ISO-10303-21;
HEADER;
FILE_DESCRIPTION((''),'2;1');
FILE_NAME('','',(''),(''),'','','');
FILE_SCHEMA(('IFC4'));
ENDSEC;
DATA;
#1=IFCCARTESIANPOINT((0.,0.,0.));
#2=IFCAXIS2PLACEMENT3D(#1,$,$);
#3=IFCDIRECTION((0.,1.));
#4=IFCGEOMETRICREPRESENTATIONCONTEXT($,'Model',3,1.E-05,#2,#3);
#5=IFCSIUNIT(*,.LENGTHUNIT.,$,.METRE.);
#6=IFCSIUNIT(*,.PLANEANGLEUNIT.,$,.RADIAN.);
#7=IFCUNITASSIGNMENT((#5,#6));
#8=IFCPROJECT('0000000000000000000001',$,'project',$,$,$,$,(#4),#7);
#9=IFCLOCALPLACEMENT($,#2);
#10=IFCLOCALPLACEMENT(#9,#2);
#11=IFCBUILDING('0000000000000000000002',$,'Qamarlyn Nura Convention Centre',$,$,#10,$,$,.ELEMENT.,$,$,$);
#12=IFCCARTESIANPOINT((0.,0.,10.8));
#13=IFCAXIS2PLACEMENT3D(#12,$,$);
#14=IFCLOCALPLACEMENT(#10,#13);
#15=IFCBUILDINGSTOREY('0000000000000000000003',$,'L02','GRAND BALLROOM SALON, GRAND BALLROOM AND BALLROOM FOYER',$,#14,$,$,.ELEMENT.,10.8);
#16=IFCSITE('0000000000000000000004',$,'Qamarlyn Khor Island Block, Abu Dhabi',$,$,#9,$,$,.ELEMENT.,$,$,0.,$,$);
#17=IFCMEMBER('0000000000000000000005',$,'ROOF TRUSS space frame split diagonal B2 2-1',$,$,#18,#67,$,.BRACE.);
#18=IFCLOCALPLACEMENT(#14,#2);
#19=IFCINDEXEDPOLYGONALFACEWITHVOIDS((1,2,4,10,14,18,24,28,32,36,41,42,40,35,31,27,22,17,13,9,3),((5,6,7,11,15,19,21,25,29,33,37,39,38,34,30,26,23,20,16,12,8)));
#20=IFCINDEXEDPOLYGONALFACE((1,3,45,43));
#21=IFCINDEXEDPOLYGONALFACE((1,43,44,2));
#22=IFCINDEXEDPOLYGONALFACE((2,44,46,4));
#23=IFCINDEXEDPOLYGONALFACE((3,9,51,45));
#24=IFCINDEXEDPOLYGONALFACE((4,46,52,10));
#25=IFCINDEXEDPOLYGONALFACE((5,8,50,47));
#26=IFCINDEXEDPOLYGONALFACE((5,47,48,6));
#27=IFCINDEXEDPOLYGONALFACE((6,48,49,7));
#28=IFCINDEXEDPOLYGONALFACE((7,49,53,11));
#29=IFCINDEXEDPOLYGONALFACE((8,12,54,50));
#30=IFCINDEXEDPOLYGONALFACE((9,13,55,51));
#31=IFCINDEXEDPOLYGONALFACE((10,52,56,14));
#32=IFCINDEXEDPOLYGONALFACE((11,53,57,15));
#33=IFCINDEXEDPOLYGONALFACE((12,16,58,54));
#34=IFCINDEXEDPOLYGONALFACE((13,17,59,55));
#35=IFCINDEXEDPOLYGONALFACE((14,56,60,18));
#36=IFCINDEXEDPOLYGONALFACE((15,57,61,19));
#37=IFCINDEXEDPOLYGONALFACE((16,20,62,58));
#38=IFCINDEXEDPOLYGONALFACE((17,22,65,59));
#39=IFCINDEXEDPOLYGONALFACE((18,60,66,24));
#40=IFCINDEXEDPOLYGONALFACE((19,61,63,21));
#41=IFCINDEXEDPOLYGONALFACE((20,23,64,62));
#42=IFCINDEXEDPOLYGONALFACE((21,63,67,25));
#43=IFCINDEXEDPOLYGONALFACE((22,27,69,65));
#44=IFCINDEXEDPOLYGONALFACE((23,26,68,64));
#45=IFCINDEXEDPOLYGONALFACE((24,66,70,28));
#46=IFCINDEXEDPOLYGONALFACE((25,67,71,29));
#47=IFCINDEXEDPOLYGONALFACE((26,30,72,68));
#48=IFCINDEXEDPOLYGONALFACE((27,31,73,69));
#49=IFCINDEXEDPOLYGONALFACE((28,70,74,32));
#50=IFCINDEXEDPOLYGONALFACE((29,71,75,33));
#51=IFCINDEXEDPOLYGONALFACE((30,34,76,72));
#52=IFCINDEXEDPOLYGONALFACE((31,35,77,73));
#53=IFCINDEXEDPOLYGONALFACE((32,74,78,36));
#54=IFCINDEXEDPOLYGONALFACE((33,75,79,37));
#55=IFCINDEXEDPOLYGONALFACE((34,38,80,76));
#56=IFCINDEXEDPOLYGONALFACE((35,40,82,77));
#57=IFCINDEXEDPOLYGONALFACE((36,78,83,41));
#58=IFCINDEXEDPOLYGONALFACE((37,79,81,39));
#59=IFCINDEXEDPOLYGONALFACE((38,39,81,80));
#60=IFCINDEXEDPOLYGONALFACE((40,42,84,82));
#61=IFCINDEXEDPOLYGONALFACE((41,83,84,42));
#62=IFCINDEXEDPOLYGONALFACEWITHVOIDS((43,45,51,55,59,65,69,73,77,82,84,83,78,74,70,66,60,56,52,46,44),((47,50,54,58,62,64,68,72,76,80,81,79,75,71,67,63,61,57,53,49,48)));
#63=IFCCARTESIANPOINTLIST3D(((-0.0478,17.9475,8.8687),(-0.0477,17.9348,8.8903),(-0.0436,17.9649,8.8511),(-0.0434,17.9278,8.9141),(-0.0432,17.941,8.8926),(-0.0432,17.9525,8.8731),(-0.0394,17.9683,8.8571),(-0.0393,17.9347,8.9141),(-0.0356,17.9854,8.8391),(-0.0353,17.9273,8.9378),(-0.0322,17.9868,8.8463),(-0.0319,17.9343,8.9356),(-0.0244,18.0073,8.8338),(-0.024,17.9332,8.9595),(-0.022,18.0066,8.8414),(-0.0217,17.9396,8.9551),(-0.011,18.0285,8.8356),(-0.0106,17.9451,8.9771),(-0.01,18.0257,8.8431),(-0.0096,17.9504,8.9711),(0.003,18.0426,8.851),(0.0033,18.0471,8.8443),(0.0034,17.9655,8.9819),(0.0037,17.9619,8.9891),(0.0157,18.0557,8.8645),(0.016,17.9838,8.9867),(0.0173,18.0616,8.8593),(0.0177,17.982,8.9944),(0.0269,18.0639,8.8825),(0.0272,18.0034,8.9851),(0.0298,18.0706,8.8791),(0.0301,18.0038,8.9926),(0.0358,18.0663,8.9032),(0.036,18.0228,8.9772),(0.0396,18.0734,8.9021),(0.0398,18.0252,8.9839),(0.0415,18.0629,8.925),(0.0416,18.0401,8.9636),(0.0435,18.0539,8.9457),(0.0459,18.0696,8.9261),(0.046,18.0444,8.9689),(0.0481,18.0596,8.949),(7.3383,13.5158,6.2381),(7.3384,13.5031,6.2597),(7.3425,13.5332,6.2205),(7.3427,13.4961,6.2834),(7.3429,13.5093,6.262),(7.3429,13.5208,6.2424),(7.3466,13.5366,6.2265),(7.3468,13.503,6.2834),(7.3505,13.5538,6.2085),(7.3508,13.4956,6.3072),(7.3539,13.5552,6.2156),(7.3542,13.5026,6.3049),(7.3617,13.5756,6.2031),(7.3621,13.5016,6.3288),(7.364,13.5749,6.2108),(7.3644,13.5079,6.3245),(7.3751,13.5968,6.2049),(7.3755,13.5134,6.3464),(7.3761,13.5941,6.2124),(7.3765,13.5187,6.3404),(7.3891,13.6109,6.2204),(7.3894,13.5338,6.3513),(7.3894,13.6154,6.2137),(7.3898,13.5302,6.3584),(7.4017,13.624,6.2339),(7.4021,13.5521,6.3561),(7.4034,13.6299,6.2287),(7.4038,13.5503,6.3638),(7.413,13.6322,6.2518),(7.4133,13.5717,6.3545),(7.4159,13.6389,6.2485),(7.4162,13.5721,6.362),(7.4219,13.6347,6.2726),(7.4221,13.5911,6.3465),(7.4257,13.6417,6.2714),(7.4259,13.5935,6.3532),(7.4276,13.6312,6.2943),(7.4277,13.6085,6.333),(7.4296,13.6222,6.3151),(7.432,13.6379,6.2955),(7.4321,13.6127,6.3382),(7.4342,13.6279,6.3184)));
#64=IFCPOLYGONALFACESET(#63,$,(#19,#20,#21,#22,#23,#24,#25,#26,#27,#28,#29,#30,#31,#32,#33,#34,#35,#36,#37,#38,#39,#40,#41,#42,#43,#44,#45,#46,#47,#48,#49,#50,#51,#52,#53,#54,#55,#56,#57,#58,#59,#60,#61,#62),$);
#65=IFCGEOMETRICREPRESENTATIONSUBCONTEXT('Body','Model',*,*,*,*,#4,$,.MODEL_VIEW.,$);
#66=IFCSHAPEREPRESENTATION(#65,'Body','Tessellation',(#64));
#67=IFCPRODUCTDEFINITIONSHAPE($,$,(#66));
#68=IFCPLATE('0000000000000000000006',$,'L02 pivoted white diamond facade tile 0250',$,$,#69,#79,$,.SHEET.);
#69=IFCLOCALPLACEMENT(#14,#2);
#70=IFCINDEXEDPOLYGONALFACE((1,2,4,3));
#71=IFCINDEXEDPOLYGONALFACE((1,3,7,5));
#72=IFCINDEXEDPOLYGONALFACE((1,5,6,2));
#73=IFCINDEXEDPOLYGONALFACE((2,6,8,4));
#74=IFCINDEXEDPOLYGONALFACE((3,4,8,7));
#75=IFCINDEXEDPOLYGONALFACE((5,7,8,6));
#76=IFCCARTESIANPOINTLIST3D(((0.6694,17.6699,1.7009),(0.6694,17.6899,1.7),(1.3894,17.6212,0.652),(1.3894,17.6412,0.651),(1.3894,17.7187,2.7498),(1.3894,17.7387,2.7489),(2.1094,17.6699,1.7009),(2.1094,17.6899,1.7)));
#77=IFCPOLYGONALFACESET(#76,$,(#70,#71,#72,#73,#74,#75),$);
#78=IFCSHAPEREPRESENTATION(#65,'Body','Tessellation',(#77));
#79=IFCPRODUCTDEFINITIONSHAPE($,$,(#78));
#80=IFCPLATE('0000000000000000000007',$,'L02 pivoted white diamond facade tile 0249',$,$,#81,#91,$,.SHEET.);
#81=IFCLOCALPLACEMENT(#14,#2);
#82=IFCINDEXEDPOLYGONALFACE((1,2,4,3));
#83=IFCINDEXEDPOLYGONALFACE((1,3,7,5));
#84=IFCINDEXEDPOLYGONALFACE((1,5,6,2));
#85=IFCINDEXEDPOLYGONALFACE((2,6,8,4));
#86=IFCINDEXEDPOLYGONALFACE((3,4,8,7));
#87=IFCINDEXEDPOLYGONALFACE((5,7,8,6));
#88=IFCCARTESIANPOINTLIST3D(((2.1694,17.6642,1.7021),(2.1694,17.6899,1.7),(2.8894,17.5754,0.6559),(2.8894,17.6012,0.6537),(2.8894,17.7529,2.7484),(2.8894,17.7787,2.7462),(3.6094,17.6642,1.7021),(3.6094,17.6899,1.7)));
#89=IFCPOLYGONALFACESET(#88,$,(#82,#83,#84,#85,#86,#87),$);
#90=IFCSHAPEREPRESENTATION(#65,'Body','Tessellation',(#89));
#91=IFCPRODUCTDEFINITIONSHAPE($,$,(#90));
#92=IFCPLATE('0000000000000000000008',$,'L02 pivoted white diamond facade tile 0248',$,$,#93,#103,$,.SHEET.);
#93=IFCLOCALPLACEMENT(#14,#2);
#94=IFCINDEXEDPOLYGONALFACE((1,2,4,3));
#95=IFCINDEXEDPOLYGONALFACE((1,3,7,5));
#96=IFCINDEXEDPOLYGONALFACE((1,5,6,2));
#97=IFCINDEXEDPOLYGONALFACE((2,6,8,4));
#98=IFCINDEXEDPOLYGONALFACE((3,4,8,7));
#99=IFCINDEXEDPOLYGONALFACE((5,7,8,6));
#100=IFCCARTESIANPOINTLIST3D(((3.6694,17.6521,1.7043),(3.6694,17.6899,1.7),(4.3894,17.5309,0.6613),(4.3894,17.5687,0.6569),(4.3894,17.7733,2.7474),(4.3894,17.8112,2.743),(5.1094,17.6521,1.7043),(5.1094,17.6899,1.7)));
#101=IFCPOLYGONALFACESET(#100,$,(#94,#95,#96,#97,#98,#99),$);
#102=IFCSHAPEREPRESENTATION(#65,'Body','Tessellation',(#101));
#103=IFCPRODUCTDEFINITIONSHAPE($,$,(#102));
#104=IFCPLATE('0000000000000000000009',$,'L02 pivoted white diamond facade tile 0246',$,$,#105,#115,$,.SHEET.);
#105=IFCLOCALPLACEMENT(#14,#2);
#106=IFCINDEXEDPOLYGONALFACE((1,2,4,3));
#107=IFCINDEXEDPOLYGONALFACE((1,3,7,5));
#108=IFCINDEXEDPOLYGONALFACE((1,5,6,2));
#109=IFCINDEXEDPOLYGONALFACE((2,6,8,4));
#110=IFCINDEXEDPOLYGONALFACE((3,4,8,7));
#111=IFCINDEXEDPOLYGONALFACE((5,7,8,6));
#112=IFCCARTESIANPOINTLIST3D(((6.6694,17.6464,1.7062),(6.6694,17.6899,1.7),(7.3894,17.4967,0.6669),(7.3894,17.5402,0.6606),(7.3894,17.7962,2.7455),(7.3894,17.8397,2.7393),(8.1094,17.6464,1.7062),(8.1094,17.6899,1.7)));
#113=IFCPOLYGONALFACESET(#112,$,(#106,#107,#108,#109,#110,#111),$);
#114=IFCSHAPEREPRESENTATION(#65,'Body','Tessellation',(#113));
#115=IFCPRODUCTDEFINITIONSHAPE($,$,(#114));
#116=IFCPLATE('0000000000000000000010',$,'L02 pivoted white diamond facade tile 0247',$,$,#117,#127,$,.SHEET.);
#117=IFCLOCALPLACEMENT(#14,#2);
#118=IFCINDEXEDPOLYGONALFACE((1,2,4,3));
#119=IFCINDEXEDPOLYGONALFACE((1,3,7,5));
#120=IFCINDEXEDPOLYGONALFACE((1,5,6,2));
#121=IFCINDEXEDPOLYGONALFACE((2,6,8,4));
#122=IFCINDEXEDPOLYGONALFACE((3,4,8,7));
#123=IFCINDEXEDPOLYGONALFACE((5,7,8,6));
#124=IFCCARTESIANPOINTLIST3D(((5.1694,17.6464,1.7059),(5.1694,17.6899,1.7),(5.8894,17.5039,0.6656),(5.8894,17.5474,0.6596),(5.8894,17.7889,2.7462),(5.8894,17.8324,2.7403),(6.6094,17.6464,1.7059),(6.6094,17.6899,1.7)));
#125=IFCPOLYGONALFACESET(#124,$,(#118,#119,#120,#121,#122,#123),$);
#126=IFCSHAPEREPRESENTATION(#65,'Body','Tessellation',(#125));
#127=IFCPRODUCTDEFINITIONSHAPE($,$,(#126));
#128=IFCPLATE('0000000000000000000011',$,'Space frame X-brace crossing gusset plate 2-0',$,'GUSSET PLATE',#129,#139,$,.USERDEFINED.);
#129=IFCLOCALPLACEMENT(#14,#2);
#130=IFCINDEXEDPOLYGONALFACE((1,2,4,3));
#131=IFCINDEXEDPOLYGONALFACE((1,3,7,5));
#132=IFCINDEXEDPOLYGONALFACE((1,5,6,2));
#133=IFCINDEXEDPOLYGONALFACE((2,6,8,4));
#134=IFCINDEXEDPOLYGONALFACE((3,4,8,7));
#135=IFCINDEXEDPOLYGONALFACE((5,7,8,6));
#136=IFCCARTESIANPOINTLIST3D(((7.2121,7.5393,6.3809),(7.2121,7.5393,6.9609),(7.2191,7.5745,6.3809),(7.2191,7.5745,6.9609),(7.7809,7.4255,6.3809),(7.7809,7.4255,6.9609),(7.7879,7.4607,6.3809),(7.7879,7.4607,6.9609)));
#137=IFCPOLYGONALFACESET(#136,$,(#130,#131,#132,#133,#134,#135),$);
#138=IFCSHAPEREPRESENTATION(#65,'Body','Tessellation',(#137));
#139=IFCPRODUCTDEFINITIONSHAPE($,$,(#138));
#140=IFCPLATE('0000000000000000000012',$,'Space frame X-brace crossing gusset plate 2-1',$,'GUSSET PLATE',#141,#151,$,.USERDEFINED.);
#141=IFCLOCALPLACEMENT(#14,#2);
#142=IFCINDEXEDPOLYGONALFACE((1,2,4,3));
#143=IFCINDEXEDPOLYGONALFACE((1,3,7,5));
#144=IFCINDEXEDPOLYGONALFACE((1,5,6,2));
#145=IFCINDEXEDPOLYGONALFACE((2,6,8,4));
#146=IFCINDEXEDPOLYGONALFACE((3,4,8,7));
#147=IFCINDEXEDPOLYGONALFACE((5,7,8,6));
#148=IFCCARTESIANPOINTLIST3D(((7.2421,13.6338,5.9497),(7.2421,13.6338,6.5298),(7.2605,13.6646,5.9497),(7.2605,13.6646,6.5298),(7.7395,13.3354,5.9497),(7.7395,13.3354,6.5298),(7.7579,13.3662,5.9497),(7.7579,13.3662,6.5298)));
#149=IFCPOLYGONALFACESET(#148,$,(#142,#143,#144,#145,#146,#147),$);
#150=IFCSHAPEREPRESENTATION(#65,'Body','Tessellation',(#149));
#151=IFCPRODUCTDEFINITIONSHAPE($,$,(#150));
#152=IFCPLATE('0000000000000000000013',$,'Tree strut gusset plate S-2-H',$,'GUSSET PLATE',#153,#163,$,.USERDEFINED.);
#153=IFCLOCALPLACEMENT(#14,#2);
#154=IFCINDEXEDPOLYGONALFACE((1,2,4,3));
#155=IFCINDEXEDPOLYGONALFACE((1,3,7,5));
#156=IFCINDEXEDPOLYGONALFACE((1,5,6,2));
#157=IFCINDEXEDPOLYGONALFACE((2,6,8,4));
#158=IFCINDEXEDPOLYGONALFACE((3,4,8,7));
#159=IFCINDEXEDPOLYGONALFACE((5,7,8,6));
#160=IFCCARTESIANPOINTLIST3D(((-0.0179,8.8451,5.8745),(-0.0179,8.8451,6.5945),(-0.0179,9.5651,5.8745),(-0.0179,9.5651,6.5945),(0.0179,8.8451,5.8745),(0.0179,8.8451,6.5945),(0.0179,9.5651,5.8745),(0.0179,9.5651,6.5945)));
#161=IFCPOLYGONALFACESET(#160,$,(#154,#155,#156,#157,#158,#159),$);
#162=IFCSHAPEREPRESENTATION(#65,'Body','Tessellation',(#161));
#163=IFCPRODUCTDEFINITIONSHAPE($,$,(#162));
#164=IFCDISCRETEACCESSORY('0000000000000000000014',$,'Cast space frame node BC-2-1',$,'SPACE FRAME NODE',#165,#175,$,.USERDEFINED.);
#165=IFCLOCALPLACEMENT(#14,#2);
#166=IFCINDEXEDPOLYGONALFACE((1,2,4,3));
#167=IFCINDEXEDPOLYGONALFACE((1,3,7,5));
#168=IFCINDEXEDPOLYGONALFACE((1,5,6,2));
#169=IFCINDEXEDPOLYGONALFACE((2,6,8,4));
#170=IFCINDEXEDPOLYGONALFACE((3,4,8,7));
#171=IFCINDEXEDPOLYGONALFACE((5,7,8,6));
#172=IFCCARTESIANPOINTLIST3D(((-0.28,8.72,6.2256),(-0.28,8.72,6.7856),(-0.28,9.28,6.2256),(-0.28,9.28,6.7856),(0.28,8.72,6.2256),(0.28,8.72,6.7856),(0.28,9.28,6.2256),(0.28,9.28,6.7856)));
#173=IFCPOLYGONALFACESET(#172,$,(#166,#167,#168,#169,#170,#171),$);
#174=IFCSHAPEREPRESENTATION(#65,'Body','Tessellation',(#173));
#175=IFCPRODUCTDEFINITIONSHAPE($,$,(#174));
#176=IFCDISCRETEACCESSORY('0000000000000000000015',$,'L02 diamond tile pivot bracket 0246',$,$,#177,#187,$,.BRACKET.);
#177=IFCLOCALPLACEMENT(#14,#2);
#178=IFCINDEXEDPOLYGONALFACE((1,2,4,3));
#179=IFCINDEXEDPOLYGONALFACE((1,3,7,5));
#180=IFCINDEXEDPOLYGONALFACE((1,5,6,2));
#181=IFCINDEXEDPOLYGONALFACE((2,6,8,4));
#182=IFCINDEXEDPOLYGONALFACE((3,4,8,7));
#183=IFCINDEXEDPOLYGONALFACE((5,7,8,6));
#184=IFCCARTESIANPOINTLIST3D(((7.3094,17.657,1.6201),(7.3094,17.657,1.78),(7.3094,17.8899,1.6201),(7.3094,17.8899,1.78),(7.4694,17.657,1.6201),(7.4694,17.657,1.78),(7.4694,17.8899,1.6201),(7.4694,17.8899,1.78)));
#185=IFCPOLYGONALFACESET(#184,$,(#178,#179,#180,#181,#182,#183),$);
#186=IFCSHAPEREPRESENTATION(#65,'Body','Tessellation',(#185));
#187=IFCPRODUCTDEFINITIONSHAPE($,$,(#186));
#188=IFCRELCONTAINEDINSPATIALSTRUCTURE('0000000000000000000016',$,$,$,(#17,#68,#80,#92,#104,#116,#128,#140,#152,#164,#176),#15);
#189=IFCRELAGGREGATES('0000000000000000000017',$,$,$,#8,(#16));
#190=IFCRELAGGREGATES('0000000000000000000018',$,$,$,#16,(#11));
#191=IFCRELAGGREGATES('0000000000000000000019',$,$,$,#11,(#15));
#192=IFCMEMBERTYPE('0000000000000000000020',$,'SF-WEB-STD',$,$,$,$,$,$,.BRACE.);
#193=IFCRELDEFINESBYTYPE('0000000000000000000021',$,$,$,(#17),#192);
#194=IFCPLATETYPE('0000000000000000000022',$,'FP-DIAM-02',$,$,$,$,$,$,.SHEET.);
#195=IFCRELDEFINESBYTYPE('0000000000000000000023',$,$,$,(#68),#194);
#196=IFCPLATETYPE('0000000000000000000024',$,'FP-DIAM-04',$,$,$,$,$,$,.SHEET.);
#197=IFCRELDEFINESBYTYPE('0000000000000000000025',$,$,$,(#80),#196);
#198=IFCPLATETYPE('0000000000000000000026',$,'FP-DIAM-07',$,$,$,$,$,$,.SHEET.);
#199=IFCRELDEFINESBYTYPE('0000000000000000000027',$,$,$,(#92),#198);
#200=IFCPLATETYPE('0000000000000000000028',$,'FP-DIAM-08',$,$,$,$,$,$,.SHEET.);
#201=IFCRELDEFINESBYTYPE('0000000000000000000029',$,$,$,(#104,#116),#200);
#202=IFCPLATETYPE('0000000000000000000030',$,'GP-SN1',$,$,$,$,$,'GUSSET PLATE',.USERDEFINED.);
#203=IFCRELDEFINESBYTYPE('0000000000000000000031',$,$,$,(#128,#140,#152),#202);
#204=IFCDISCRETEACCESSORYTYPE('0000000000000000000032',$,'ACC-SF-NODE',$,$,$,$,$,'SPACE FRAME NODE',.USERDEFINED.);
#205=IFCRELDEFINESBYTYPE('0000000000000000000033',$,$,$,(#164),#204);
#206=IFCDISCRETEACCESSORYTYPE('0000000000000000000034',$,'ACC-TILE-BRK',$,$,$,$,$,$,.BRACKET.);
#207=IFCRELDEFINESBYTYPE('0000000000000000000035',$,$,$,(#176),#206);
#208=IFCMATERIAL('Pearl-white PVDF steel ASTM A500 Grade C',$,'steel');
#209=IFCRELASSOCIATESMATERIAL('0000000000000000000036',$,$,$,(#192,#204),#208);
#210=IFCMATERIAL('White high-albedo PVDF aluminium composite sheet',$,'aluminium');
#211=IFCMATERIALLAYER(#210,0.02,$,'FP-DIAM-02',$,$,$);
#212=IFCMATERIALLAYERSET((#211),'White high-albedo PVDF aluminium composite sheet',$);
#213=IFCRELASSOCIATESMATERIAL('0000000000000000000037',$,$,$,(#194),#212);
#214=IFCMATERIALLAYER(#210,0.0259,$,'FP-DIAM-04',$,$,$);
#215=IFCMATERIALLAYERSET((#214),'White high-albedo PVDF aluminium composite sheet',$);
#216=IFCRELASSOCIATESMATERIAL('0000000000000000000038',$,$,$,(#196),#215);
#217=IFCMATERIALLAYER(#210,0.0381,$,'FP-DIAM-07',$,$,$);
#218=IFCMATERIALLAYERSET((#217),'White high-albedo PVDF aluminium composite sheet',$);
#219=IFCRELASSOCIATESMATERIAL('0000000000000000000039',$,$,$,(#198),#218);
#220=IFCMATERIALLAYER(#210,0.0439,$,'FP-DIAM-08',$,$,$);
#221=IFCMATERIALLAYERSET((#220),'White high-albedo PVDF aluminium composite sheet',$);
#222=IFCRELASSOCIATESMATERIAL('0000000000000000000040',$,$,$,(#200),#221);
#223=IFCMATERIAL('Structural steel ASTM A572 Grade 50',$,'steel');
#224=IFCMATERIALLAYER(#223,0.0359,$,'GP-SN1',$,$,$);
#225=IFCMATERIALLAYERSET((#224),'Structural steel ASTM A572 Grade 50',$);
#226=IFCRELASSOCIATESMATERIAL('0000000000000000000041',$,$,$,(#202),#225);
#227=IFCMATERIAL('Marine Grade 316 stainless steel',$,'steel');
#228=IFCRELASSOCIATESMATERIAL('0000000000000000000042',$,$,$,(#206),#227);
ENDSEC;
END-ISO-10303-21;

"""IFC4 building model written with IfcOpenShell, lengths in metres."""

from ifc_helpers import new_model, si_unit, direction, frame, origin, origin_2d, place, context, subcontext, project, spatial, polyline, rectangle, hollow_circle, outline, extrude, material, layer, layer_set, material_profile, profile_set, type_object, element, save


model = new_model("IFC4")

# Units and contexts
model_context = context("Model", 3, precision=1e-05, world=origin(), true_north=direction((0.0, 1.0)))
body_context = subcontext(model_context, "Body", "Model", "MODEL_VIEW")
ifc_project = project(units=[si_unit("LENGTHUNIT", "METRE"), si_unit("PLANEANGLEUNIT", "RADIAN")], contexts=[model_context])

# Site, building, storey
site_placement = place(None, origin())
site = spatial("IfcSite", under=ifc_project, at=site_placement, Name="Qamarlyn Khor Island Block, Abu Dhabi", CompositionType="ELEMENT", RefElevation=0.0)
building_placement = place(site_placement, origin())
building = spatial("IfcBuilding", under=site, at=building_placement, Name="Qamarlyn Nura Convention Centre", CompositionType="ELEMENT")
storey_placement = place(building_placement, frame((0.0, 0.0, 10.8)))
storey = spatial("IfcBuildingStorey", under=building, at=storey_placement, Name="L02", Description="GRAND BALLROOM SALON, GRAND BALLROOM AND BALLROOM FOYER", CompositionType="ELEMENT", Elevation=10.8)

# Member
ifc_material_1 = material(Name="Pearl-white PVDF steel ASTM A500 Grade C", Category="steel")
ifc_material_profile_1 = material_profile(ifc_material_1, hollow_circle(Radius=0.0842, WallThickness=0.0081, at=origin_2d()), Name="CHS168.3X8")
ifc_profile_set_1 = profile_set([ifc_material_profile_1], Name="Pearl-white PVDF steel ASTM A500 Grade C")
member_type_1 = type_object("IfcMemberType", Name="SF-WEB-STD", PredefinedType="BRACE", material=ifc_profile_set_1)
member_1_placement = place(storey_placement, frame((7.386, 13.5684, 6.2834), z_axis=(-0.820096, 0.492063, 0.292088), x_axis=(-0.5145, -0.85749, 0.0)))
element("IfcMember", 1, at=member_1_placement, inside=storey, type_object=member_type_1, Name="ROOF TRUSS space frame split diagonal B2 2-1", PredefinedType="BRACE", context=body_context, shape_type="SweptSolid", body=[
    extrude(hollow_circle(Radius=0.0842, WallThickness=0.0081, at=origin_2d()), origin(), (0.0, 0.0, 1.0), 9.0063),
])

# Plates
ifc_material_2 = material(Name="White high-albedo PVDF aluminium composite sheet", Category="aluminium")
ifc_layer_1 = layer(ifc_material_2, 0.02, Name="FP-DIAM-02")
ifc_layer_set_1 = layer_set([ifc_layer_1], Name="White high-albedo PVDF aluminium composite sheet")
plate_type_1 = type_object("IfcPlateType", Name="FP-DIAM-02", PredefinedType="SHEET", material=ifc_layer_set_1)
plate_1_placement = place(storey_placement, frame((1.3894, 17.6899, 1.7), z_axis=(0.0, -0.998923, 0.046409), x_axis=(1.0, 0.0, 0.0)))
element("IfcPlate", 2, at=plate_1_placement, inside=storey, type_object=plate_type_1, Name="L02 pivoted white diamond facade tile 0250", PredefinedType="SHEET", context=body_context, shape_type="SweptSolid", body=[
    extrude(outline(polyline([(-0.72, 0.0), (0.0, -1.05), (0.72, 0.0), (0.0, 1.05), (-0.72, 0.0)])), origin(), (0.0, 0.0, 1.0), 0.02),
])
ifc_layer_2 = layer(ifc_material_2, 0.0259, Name="FP-DIAM-04")
ifc_layer_set_2 = layer_set([ifc_layer_2], Name="White high-albedo PVDF aluminium composite sheet")
plate_type_2 = type_object("IfcPlateType", Name="FP-DIAM-04", PredefinedType="SHEET", material=ifc_layer_set_2)
plate_2_placement = place(storey_placement, frame((2.8894, 17.6899, 1.7), z_axis=(0.0, -0.996419, 0.084547), x_axis=(1.0, 0.0, 0.0)))
element("IfcPlate", 3, at=plate_2_placement, inside=storey, type_object=plate_type_2, Name="L02 pivoted white diamond facade tile 0249", PredefinedType="SHEET", context=body_context, shape_type="SweptSolid", body=[
    extrude(outline(polyline([(-0.72, 0.0), (0.0, -1.05), (0.72, 0.0), (0.0, 1.05), (-0.72, 0.0)])), origin(), (0.0, 0.0, 1.0), 0.0259),
])
ifc_layer_3 = layer(ifc_material_2, 0.0381, Name="FP-DIAM-07")
ifc_layer_set_3 = layer_set([ifc_layer_3], Name="White high-albedo PVDF aluminium composite sheet")
plate_type_3 = type_object("IfcPlateType", Name="FP-DIAM-07", PredefinedType="SHEET", material=ifc_layer_set_3)
plate_3_placement = place(storey_placement, frame((4.3894, 17.6899, 1.7), z_axis=(0.0, -0.993312, 0.115457), x_axis=(1.0, 0.0, 0.0)))
element("IfcPlate", 4, at=plate_3_placement, inside=storey, type_object=plate_type_3, Name="L02 pivoted white diamond facade tile 0248", PredefinedType="SHEET", context=body_context, shape_type="SweptSolid", body=[
    extrude(outline(polyline([(-0.72, 0.0), (0.0, -1.05), (0.72, 0.0), (0.0, 1.05), (-0.72, 0.0)])), origin(), (0.0, 0.0, 1.0), 0.0381),
])
ifc_layer_4 = layer(ifc_material_2, 0.0439, Name="FP-DIAM-08")
ifc_layer_set_4 = layer_set([ifc_layer_4], Name="White high-albedo PVDF aluminium composite sheet")
plate_type_4 = type_object("IfcPlateType", Name="FP-DIAM-08", PredefinedType="SHEET", material=ifc_layer_set_4)
for number, where, z_axis, x_axis, name in (
    (5, (7.3894, 17.6899, 1.7), (0.0, -0.989776, 0.142629), (1.0, 0.0, 0.0), "L02 pivoted white diamond facade tile 0246"),
    (6, (5.8894, 17.6899, 1.7), (0.0, -0.990748, 0.135716), (1.0, 0.0, 0.0), "L02 pivoted white diamond facade tile 0247"),
):
    element("IfcPlate", number, at=place(storey_placement, frame(where, z_axis=z_axis, x_axis=x_axis)), inside=storey, type_object=plate_type_4, Name=name, PredefinedType="SHEET", context=body_context, shape_type="SweptSolid", body=[
        extrude(outline(polyline([(-0.72, 0.0), (0.0, -1.05), (0.72, 0.0), (0.0, 1.05), (-0.72, 0.0)])), origin(), (0.0, 0.0, 1.0), 0.0439),
    ])
ifc_material_3 = material(Name="Structural steel ASTM A572 Grade 50", Category="steel")
ifc_layer_5 = layer(ifc_material_3, 0.0359, Name="GP-SN1")
ifc_layer_set_5 = layer_set([ifc_layer_5], Name="Structural steel ASTM A572 Grade 50")
plate_type_5 = type_object("IfcPlateType", Name="GP-SN1", ElementType="GUSSET PLATE", PredefinedType="USERDEFINED", material=ifc_layer_set_5)
for number, where, z_axis, x_axis, name in (
    (7, (7.5, 7.5, 6.3809), (0.0, 0.0, 1.0), (-0.980581, 0.196116, 0.0), "Space frame X-brace crossing gusset plate 2-0"),
    (8, (7.5, 13.5, 5.9497), (0.0, 0.0, 1.0), (-0.857493, 0.514496, 0.0), "Space frame X-brace crossing gusset plate 2-1"),
):
    element("IfcPlate", number, at=place(storey_placement, frame(where, z_axis=z_axis, x_axis=x_axis)), inside=storey, type_object=plate_type_5, Name=name, ObjectType="GUSSET PLATE", PredefinedType="USERDEFINED", context=body_context, shape_type="SweptSolid", body=[
        extrude(rectangle(XDim=0.5801, YDim=0.0359, at=origin_2d()), origin(), (0.0, 0.0, 1.0), 0.5801),
    ])
plate_4_placement = place(storey_placement, frame((0.0, 9.2051, 5.8745), z_axis=(0.0, 0.0, 1.0), x_axis=(0.0, 1.0, 0.0)))
element("IfcPlate", 9, at=plate_4_placement, inside=storey, type_object=plate_type_5, Name="Tree strut gusset plate S-2-H", ObjectType="GUSSET PLATE", PredefinedType="USERDEFINED", context=body_context, shape_type="SweptSolid", body=[
    extrude(rectangle(XDim=0.72, YDim=0.0359, at=origin_2d()), origin(), (0.0, 0.0, 1.0), 0.72),
])

# Discrete accessories
discrete_accessory_type_1 = type_object("IfcDiscreteAccessoryType", Name="ACC-SF-NODE", ElementType="SPACE FRAME NODE", PredefinedType="USERDEFINED", material=ifc_material_1)
discrete_accessory_1_placement = place(storey_placement, frame((0.0, 9.0, 6.2256), z_axis=(0.0, 0.0, 1.0), x_axis=(1.0, 0.0, 0.0)))
element("IfcDiscreteAccessory", 10, at=discrete_accessory_1_placement, inside=storey, type_object=discrete_accessory_type_1, Name="Cast space frame node BC-2-1", ObjectType="SPACE FRAME NODE", PredefinedType="USERDEFINED", context=body_context, shape_type="SweptSolid", body=[
    extrude(rectangle(XDim=0.5601, YDim=0.5601, at=origin_2d()), origin(), (0.0, 0.0, 1.0), 0.5601),
])
ifc_material_4 = material(Name="Marine Grade 316 stainless steel", Category="steel")
discrete_accessory_type_2 = type_object("IfcDiscreteAccessoryType", Name="ACC-TILE-BRK", PredefinedType="BRACKET", material=ifc_material_4)
for number, where, z_axis, x_axis, name in (
    (11, (7.3894, 17.7734, 1.6201), (0.0, 0.0, 1.0), (0.0, -1.0, 0.0), "L02 diamond tile pivot bracket 0246"),
):
    element("IfcDiscreteAccessory", number, at=place(storey_placement, frame(where, z_axis=z_axis, x_axis=x_axis)), inside=storey, type_object=discrete_accessory_type_2, Name=name, PredefinedType="BRACKET", context=body_context, shape_type="SweptSolid", body=[
        extrude(rectangle(XDim=0.2329, YDim=0.1599, at=origin_2d()), origin(), (0.0, 0.0, 1.0), 0.1599),
    ])

save(model, "model.ifc")
